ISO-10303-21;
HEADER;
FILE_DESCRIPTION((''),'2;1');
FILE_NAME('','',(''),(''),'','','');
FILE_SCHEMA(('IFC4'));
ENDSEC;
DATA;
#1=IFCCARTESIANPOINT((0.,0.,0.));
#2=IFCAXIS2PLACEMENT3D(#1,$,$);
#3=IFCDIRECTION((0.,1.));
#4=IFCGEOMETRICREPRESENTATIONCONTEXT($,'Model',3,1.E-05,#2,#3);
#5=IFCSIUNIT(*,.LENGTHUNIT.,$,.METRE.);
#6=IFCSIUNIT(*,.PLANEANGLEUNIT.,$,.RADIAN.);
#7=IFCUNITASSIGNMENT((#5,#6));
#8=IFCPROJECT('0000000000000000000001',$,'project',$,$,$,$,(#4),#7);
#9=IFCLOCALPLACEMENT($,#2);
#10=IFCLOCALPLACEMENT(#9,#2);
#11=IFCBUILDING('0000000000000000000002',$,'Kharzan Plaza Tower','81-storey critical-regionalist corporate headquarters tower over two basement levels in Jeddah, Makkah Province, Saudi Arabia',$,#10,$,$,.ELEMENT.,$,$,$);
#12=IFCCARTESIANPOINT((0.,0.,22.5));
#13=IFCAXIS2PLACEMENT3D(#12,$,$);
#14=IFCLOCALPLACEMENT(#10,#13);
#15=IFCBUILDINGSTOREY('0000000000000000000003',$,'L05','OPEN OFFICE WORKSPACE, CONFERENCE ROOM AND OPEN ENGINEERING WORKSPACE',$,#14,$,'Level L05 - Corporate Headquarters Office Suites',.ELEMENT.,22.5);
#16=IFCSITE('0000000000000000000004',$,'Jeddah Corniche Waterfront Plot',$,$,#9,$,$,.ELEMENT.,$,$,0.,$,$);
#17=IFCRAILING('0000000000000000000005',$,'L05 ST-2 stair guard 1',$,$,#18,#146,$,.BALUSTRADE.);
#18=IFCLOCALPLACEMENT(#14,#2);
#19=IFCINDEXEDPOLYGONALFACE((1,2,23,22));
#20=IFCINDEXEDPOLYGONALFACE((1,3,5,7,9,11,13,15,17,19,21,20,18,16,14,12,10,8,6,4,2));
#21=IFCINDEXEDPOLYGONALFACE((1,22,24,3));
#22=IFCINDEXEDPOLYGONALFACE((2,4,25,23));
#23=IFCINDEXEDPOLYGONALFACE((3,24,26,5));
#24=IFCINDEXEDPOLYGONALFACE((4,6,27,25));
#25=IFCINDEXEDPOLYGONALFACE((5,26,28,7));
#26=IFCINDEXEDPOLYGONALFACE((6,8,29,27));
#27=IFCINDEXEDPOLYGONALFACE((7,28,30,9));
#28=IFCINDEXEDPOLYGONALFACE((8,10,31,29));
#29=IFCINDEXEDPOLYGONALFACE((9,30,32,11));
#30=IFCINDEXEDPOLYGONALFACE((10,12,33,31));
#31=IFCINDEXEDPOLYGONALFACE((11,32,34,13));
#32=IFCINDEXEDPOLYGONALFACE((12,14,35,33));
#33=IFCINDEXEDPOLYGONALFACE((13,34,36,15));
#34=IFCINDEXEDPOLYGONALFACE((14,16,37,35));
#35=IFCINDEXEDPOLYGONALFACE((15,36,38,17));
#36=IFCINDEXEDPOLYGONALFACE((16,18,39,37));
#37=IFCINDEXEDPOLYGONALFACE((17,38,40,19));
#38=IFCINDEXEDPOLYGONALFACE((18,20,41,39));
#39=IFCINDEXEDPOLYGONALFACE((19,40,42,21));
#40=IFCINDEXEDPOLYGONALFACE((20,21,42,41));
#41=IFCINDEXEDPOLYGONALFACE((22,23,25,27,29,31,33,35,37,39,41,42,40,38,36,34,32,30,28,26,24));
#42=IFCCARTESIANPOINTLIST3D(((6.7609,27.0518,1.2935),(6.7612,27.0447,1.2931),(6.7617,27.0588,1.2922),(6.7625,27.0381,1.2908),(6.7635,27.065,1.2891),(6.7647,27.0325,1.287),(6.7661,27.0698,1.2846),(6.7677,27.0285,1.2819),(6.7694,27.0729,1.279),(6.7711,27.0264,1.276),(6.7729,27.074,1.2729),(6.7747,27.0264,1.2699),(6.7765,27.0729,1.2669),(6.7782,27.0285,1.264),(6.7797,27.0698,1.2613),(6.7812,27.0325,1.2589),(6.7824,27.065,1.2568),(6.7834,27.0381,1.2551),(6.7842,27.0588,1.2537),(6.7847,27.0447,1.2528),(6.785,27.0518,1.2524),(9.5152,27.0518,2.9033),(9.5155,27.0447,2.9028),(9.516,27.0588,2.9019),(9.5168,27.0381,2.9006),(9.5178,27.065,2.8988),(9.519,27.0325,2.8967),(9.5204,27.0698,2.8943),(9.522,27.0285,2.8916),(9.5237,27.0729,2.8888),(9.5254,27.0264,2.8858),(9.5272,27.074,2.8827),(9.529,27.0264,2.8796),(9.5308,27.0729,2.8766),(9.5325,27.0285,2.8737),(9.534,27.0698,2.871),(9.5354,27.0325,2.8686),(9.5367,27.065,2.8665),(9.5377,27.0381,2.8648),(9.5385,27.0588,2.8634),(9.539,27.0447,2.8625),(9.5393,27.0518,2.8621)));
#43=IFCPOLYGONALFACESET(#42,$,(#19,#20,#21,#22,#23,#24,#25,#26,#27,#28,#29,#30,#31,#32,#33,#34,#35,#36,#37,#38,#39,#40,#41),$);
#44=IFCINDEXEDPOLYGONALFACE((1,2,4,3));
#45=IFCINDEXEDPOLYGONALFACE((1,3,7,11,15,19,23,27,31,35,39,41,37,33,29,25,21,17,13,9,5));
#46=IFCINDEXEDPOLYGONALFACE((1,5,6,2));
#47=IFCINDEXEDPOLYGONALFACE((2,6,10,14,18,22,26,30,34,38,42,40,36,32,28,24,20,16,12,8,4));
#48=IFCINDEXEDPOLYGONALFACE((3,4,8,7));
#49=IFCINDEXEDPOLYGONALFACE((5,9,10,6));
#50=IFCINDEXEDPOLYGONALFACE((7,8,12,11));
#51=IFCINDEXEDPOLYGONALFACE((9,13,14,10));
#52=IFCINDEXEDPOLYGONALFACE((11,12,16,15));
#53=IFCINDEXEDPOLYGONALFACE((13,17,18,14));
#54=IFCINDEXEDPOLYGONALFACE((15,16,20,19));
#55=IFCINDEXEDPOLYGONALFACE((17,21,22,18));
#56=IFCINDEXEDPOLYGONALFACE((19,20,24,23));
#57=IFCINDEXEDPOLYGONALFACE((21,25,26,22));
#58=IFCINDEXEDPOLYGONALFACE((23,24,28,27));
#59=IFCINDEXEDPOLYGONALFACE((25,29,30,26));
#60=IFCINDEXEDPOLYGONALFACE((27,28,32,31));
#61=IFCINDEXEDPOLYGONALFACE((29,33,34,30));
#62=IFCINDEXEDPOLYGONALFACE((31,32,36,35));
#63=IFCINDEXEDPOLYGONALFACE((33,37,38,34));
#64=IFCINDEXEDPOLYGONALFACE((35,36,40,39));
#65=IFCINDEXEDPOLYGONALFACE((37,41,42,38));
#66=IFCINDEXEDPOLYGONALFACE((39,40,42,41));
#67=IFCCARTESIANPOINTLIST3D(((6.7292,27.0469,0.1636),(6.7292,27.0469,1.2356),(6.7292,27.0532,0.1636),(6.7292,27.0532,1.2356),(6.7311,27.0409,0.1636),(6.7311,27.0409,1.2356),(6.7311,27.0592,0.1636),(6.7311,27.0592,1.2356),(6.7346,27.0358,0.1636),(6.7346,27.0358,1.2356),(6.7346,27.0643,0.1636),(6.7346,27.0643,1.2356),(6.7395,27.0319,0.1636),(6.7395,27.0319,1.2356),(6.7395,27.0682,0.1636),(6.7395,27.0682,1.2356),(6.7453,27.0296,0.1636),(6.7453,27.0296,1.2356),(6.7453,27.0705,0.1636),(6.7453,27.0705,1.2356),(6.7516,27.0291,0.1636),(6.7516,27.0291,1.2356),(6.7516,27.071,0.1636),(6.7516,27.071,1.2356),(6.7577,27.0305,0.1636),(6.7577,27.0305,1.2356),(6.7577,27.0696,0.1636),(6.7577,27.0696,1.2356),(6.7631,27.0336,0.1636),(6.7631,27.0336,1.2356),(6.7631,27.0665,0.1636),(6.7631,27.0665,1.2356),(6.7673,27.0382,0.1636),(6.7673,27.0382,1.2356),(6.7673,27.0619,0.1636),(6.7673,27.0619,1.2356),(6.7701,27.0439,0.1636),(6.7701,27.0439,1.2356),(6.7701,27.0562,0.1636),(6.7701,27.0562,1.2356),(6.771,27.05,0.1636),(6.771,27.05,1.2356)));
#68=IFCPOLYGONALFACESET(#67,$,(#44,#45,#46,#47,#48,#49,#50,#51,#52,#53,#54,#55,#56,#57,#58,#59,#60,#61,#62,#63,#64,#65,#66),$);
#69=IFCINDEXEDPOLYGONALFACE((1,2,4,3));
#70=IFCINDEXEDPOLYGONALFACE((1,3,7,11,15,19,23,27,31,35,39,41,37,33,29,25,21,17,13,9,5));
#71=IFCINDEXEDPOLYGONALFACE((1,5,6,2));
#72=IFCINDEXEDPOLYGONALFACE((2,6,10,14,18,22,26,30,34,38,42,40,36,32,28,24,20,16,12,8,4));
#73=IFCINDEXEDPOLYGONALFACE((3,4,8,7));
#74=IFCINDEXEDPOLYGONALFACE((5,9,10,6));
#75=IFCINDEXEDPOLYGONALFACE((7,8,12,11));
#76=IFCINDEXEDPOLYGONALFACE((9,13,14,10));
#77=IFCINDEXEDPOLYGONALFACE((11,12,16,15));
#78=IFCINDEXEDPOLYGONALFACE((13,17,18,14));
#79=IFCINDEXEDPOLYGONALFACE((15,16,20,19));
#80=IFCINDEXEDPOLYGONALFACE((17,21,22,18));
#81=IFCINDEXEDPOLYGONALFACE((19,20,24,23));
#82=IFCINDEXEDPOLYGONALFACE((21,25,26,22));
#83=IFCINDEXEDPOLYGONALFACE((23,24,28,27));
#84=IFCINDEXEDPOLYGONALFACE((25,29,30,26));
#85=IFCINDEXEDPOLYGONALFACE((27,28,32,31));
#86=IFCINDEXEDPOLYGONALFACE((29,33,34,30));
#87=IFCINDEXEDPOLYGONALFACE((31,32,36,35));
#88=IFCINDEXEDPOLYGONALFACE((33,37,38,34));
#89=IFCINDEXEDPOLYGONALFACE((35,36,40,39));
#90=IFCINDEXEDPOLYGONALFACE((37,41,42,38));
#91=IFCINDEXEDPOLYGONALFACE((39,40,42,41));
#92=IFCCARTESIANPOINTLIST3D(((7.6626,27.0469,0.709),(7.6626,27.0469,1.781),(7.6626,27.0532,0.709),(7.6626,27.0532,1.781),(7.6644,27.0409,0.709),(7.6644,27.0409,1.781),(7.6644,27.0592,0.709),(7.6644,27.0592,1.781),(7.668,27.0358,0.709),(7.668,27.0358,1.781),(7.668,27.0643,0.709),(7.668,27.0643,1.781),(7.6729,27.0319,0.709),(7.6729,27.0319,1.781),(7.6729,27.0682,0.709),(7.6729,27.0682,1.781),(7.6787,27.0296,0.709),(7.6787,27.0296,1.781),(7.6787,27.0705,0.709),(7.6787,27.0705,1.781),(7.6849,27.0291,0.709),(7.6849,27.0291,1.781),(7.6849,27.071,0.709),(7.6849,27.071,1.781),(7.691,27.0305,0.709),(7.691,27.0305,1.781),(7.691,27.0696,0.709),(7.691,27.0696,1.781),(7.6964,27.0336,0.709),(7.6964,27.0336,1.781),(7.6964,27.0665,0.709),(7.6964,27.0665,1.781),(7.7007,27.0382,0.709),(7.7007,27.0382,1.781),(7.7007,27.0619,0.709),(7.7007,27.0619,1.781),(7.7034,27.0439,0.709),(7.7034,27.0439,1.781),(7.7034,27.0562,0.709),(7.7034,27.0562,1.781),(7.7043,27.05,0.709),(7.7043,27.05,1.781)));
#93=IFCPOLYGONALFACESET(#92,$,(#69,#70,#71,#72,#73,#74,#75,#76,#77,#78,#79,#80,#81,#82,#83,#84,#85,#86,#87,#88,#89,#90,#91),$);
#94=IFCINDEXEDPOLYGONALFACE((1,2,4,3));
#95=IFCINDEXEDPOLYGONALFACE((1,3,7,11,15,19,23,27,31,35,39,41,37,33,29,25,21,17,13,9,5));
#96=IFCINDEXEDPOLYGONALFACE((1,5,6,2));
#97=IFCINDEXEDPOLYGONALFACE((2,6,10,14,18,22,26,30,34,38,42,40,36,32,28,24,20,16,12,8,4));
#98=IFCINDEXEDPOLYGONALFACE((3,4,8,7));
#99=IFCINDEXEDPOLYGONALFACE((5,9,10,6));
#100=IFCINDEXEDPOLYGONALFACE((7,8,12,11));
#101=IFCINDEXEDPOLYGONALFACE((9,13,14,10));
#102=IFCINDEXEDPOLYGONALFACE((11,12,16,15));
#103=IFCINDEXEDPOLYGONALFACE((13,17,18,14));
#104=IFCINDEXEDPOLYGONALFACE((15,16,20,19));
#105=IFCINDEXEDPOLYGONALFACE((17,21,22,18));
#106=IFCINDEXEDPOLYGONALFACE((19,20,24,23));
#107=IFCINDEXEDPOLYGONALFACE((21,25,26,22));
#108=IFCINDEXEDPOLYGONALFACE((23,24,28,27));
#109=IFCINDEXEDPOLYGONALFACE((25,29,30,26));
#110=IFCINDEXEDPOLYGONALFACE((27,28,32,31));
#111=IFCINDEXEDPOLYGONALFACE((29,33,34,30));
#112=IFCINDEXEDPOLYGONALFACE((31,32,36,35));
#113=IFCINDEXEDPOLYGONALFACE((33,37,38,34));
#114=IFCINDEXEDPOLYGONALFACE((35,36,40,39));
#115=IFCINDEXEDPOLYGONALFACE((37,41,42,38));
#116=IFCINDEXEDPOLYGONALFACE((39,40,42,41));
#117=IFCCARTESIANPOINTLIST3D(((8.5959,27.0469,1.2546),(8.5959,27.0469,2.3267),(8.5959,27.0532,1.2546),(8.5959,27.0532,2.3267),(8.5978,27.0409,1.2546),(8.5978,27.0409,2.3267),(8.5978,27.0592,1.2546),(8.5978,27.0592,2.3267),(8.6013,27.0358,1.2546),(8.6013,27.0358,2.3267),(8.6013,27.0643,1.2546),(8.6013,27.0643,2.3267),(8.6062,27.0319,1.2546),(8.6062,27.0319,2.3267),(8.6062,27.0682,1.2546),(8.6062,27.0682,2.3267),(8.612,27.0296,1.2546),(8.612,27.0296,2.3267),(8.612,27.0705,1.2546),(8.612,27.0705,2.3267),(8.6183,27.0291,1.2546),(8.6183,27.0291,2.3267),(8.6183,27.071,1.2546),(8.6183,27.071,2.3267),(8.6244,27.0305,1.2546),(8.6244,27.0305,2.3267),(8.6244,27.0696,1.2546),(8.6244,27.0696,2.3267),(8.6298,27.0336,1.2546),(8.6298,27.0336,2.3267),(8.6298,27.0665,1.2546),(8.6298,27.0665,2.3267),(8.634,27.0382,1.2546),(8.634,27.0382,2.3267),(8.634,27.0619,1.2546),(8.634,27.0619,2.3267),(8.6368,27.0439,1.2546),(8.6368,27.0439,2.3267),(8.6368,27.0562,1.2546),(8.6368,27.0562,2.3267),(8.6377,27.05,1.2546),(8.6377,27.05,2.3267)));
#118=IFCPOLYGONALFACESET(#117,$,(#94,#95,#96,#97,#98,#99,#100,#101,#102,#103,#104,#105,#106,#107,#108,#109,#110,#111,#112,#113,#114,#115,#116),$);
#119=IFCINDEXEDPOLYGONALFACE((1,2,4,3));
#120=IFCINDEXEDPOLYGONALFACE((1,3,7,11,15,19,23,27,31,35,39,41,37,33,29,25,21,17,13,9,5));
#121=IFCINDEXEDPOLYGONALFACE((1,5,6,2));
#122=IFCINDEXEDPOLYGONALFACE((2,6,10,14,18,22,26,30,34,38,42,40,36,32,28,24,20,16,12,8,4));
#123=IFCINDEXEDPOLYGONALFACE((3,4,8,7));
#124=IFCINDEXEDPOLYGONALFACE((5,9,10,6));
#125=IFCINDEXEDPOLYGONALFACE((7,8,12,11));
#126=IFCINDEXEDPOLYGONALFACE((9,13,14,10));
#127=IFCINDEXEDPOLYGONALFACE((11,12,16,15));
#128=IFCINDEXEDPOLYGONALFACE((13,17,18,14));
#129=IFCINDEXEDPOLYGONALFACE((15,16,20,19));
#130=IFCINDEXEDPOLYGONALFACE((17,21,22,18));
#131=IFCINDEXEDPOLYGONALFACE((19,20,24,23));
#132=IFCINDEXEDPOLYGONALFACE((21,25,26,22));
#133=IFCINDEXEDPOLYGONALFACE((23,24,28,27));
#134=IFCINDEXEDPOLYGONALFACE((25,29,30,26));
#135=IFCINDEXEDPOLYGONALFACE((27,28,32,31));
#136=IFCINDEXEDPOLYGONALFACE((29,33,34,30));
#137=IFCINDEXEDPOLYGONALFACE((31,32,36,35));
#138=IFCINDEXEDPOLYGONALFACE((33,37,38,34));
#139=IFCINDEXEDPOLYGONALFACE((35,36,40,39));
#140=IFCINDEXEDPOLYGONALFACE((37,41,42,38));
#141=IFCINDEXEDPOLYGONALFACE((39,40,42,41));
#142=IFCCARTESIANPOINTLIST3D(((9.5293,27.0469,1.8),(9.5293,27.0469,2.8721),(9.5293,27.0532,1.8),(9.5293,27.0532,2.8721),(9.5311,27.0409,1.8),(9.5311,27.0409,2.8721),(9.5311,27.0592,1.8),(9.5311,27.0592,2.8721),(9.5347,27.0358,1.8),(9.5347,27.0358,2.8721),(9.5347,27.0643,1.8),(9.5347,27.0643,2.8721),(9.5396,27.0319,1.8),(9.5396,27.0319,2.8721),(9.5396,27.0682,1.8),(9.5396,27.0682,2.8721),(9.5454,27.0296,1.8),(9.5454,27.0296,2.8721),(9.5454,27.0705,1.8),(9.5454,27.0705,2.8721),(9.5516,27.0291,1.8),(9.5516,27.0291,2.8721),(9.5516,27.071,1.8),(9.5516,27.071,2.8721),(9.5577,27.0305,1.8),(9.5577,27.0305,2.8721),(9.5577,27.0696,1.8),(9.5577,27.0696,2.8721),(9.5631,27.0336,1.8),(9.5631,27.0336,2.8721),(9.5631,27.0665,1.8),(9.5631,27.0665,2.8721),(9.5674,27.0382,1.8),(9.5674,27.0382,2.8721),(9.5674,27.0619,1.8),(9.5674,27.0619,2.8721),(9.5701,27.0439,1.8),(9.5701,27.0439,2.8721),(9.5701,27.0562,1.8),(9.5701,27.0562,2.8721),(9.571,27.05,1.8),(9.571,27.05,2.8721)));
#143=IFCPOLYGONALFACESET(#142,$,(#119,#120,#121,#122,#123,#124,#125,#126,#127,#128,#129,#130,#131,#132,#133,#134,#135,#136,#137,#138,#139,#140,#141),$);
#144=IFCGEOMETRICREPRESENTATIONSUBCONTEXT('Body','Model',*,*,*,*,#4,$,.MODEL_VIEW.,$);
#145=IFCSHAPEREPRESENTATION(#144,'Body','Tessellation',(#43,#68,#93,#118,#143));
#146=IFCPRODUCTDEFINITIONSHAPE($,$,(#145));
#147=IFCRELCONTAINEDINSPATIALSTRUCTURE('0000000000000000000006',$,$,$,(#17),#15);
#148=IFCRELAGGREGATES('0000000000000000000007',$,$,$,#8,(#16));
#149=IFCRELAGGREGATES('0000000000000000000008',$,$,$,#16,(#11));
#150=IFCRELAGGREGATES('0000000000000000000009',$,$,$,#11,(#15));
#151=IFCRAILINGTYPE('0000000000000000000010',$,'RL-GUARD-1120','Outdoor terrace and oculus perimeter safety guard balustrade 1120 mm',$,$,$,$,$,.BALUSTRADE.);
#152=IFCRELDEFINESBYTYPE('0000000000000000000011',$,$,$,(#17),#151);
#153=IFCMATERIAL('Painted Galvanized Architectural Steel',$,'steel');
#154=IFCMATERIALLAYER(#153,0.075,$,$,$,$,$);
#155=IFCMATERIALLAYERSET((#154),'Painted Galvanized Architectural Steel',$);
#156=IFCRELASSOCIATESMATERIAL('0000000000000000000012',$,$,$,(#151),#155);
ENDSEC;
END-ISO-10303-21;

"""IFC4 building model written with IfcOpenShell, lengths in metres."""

from ifc_helpers import new_model, si_unit, direction, frame, origin, origin_2d, place, context, subcontext, project, spatial, circle, extrude, source, transform, mapped, material, layer, layer_set, type_object, element, save


model = new_model("IFC4")

# Units and contexts
model_context = context("Model", 3, precision=1e-05, world=origin(), true_north=direction((0.0, 1.0)))
body_context = subcontext(model_context, "Body", "Model", "MODEL_VIEW")
ifc_project = project(units=[si_unit("LENGTHUNIT", "METRE"), si_unit("PLANEANGLEUNIT", "RADIAN")], contexts=[model_context])

# Site, building, storey
site_placement = place(None, origin())
site = spatial("IfcSite", under=ifc_project, at=site_placement, Name="Jeddah Corniche Waterfront Plot", CompositionType="ELEMENT", RefElevation=0.0)
building_placement = place(site_placement, origin())
building = spatial("IfcBuilding", under=site, at=building_placement, Name="Kharzan Plaza Tower", Description="81-storey critical-regionalist corporate headquarters tower over two basement levels in Jeddah, Makkah Province, Saudi Arabia", CompositionType="ELEMENT")
storey_placement = place(building_placement, frame((0.0, 0.0, 22.5)))
storey = spatial("IfcBuildingStorey", under=building, at=storey_placement, Name="L05", Description="OPEN OFFICE WORKSPACE, CONFERENCE ROOM AND OPEN ENGINEERING WORKSPACE", LongName="Level L05 - Corporate Headquarters Office Suites", CompositionType="ELEMENT", Elevation=22.5)

# Railing
ifc_material_1 = material(Name="Painted Galvanized Architectural Steel", Category="steel")
ifc_layer_1 = layer(ifc_material_1, 0.075)
ifc_layer_set_1 = layer_set([ifc_layer_1], Name="Painted Galvanized Architectural Steel")
railing_type_1 = type_object("IfcRailingType", Name="RL-GUARD-1120", Description="Outdoor terrace and oculus perimeter safety guard balustrade 1120 mm", PredefinedType="BALUSTRADE", material=ifc_layer_set_1)
shared_shape_1 = source(origin(), body_context, "Body", "SweptSolid", [
    extrude(circle(Radius=0.0239, at=origin_2d()), frame((0.0229, 0.0, 1.1094), z_axis=(0.863361, 0.0, 0.504587), x_axis=(0.0, 1.0, 0.0)), (0.0, 0.0, 1.0), 3.1902),
    extrude(circle(Radius=0.021, at=origin_2d()), origin(), (0.0, 0.0, 1.0), 1.072),
    extrude(circle(Radius=0.021, at=origin_2d()), frame((0.9333, 0.0, 0.5454)), (0.0, 0.0, 1.0), 1.072),
    extrude(circle(Radius=0.021, at=origin_2d()), frame((1.8667, 0.0, 1.0911)), (0.0, 0.0, 1.0), 1.072),
    extrude(circle(Radius=0.021, at=origin_2d()), frame((2.8, 0.0, 1.6365)), (0.0, 0.0, 1.0), 1.072),
])
railing_1_placement = place(storey_placement, frame((6.75, 27.05, 0.1636)))
element("IfcRailing", 1, at=railing_1_placement, inside=storey, type_object=railing_type_1, Name="L05 ST-2 stair guard 1", PredefinedType="BALUSTRADE", context=body_context, shape_type="MappedRepresentation", body=[
    mapped(shared_shape_1, transform((0.0, 0.0, 0.0), x_axis=(1.0, 0.0, 0.0), y_axis=(0.0, 1.0, 0.0), z_axis=(0.0, 0.0, 1.0))),
])

save(model, "model.ifc")
